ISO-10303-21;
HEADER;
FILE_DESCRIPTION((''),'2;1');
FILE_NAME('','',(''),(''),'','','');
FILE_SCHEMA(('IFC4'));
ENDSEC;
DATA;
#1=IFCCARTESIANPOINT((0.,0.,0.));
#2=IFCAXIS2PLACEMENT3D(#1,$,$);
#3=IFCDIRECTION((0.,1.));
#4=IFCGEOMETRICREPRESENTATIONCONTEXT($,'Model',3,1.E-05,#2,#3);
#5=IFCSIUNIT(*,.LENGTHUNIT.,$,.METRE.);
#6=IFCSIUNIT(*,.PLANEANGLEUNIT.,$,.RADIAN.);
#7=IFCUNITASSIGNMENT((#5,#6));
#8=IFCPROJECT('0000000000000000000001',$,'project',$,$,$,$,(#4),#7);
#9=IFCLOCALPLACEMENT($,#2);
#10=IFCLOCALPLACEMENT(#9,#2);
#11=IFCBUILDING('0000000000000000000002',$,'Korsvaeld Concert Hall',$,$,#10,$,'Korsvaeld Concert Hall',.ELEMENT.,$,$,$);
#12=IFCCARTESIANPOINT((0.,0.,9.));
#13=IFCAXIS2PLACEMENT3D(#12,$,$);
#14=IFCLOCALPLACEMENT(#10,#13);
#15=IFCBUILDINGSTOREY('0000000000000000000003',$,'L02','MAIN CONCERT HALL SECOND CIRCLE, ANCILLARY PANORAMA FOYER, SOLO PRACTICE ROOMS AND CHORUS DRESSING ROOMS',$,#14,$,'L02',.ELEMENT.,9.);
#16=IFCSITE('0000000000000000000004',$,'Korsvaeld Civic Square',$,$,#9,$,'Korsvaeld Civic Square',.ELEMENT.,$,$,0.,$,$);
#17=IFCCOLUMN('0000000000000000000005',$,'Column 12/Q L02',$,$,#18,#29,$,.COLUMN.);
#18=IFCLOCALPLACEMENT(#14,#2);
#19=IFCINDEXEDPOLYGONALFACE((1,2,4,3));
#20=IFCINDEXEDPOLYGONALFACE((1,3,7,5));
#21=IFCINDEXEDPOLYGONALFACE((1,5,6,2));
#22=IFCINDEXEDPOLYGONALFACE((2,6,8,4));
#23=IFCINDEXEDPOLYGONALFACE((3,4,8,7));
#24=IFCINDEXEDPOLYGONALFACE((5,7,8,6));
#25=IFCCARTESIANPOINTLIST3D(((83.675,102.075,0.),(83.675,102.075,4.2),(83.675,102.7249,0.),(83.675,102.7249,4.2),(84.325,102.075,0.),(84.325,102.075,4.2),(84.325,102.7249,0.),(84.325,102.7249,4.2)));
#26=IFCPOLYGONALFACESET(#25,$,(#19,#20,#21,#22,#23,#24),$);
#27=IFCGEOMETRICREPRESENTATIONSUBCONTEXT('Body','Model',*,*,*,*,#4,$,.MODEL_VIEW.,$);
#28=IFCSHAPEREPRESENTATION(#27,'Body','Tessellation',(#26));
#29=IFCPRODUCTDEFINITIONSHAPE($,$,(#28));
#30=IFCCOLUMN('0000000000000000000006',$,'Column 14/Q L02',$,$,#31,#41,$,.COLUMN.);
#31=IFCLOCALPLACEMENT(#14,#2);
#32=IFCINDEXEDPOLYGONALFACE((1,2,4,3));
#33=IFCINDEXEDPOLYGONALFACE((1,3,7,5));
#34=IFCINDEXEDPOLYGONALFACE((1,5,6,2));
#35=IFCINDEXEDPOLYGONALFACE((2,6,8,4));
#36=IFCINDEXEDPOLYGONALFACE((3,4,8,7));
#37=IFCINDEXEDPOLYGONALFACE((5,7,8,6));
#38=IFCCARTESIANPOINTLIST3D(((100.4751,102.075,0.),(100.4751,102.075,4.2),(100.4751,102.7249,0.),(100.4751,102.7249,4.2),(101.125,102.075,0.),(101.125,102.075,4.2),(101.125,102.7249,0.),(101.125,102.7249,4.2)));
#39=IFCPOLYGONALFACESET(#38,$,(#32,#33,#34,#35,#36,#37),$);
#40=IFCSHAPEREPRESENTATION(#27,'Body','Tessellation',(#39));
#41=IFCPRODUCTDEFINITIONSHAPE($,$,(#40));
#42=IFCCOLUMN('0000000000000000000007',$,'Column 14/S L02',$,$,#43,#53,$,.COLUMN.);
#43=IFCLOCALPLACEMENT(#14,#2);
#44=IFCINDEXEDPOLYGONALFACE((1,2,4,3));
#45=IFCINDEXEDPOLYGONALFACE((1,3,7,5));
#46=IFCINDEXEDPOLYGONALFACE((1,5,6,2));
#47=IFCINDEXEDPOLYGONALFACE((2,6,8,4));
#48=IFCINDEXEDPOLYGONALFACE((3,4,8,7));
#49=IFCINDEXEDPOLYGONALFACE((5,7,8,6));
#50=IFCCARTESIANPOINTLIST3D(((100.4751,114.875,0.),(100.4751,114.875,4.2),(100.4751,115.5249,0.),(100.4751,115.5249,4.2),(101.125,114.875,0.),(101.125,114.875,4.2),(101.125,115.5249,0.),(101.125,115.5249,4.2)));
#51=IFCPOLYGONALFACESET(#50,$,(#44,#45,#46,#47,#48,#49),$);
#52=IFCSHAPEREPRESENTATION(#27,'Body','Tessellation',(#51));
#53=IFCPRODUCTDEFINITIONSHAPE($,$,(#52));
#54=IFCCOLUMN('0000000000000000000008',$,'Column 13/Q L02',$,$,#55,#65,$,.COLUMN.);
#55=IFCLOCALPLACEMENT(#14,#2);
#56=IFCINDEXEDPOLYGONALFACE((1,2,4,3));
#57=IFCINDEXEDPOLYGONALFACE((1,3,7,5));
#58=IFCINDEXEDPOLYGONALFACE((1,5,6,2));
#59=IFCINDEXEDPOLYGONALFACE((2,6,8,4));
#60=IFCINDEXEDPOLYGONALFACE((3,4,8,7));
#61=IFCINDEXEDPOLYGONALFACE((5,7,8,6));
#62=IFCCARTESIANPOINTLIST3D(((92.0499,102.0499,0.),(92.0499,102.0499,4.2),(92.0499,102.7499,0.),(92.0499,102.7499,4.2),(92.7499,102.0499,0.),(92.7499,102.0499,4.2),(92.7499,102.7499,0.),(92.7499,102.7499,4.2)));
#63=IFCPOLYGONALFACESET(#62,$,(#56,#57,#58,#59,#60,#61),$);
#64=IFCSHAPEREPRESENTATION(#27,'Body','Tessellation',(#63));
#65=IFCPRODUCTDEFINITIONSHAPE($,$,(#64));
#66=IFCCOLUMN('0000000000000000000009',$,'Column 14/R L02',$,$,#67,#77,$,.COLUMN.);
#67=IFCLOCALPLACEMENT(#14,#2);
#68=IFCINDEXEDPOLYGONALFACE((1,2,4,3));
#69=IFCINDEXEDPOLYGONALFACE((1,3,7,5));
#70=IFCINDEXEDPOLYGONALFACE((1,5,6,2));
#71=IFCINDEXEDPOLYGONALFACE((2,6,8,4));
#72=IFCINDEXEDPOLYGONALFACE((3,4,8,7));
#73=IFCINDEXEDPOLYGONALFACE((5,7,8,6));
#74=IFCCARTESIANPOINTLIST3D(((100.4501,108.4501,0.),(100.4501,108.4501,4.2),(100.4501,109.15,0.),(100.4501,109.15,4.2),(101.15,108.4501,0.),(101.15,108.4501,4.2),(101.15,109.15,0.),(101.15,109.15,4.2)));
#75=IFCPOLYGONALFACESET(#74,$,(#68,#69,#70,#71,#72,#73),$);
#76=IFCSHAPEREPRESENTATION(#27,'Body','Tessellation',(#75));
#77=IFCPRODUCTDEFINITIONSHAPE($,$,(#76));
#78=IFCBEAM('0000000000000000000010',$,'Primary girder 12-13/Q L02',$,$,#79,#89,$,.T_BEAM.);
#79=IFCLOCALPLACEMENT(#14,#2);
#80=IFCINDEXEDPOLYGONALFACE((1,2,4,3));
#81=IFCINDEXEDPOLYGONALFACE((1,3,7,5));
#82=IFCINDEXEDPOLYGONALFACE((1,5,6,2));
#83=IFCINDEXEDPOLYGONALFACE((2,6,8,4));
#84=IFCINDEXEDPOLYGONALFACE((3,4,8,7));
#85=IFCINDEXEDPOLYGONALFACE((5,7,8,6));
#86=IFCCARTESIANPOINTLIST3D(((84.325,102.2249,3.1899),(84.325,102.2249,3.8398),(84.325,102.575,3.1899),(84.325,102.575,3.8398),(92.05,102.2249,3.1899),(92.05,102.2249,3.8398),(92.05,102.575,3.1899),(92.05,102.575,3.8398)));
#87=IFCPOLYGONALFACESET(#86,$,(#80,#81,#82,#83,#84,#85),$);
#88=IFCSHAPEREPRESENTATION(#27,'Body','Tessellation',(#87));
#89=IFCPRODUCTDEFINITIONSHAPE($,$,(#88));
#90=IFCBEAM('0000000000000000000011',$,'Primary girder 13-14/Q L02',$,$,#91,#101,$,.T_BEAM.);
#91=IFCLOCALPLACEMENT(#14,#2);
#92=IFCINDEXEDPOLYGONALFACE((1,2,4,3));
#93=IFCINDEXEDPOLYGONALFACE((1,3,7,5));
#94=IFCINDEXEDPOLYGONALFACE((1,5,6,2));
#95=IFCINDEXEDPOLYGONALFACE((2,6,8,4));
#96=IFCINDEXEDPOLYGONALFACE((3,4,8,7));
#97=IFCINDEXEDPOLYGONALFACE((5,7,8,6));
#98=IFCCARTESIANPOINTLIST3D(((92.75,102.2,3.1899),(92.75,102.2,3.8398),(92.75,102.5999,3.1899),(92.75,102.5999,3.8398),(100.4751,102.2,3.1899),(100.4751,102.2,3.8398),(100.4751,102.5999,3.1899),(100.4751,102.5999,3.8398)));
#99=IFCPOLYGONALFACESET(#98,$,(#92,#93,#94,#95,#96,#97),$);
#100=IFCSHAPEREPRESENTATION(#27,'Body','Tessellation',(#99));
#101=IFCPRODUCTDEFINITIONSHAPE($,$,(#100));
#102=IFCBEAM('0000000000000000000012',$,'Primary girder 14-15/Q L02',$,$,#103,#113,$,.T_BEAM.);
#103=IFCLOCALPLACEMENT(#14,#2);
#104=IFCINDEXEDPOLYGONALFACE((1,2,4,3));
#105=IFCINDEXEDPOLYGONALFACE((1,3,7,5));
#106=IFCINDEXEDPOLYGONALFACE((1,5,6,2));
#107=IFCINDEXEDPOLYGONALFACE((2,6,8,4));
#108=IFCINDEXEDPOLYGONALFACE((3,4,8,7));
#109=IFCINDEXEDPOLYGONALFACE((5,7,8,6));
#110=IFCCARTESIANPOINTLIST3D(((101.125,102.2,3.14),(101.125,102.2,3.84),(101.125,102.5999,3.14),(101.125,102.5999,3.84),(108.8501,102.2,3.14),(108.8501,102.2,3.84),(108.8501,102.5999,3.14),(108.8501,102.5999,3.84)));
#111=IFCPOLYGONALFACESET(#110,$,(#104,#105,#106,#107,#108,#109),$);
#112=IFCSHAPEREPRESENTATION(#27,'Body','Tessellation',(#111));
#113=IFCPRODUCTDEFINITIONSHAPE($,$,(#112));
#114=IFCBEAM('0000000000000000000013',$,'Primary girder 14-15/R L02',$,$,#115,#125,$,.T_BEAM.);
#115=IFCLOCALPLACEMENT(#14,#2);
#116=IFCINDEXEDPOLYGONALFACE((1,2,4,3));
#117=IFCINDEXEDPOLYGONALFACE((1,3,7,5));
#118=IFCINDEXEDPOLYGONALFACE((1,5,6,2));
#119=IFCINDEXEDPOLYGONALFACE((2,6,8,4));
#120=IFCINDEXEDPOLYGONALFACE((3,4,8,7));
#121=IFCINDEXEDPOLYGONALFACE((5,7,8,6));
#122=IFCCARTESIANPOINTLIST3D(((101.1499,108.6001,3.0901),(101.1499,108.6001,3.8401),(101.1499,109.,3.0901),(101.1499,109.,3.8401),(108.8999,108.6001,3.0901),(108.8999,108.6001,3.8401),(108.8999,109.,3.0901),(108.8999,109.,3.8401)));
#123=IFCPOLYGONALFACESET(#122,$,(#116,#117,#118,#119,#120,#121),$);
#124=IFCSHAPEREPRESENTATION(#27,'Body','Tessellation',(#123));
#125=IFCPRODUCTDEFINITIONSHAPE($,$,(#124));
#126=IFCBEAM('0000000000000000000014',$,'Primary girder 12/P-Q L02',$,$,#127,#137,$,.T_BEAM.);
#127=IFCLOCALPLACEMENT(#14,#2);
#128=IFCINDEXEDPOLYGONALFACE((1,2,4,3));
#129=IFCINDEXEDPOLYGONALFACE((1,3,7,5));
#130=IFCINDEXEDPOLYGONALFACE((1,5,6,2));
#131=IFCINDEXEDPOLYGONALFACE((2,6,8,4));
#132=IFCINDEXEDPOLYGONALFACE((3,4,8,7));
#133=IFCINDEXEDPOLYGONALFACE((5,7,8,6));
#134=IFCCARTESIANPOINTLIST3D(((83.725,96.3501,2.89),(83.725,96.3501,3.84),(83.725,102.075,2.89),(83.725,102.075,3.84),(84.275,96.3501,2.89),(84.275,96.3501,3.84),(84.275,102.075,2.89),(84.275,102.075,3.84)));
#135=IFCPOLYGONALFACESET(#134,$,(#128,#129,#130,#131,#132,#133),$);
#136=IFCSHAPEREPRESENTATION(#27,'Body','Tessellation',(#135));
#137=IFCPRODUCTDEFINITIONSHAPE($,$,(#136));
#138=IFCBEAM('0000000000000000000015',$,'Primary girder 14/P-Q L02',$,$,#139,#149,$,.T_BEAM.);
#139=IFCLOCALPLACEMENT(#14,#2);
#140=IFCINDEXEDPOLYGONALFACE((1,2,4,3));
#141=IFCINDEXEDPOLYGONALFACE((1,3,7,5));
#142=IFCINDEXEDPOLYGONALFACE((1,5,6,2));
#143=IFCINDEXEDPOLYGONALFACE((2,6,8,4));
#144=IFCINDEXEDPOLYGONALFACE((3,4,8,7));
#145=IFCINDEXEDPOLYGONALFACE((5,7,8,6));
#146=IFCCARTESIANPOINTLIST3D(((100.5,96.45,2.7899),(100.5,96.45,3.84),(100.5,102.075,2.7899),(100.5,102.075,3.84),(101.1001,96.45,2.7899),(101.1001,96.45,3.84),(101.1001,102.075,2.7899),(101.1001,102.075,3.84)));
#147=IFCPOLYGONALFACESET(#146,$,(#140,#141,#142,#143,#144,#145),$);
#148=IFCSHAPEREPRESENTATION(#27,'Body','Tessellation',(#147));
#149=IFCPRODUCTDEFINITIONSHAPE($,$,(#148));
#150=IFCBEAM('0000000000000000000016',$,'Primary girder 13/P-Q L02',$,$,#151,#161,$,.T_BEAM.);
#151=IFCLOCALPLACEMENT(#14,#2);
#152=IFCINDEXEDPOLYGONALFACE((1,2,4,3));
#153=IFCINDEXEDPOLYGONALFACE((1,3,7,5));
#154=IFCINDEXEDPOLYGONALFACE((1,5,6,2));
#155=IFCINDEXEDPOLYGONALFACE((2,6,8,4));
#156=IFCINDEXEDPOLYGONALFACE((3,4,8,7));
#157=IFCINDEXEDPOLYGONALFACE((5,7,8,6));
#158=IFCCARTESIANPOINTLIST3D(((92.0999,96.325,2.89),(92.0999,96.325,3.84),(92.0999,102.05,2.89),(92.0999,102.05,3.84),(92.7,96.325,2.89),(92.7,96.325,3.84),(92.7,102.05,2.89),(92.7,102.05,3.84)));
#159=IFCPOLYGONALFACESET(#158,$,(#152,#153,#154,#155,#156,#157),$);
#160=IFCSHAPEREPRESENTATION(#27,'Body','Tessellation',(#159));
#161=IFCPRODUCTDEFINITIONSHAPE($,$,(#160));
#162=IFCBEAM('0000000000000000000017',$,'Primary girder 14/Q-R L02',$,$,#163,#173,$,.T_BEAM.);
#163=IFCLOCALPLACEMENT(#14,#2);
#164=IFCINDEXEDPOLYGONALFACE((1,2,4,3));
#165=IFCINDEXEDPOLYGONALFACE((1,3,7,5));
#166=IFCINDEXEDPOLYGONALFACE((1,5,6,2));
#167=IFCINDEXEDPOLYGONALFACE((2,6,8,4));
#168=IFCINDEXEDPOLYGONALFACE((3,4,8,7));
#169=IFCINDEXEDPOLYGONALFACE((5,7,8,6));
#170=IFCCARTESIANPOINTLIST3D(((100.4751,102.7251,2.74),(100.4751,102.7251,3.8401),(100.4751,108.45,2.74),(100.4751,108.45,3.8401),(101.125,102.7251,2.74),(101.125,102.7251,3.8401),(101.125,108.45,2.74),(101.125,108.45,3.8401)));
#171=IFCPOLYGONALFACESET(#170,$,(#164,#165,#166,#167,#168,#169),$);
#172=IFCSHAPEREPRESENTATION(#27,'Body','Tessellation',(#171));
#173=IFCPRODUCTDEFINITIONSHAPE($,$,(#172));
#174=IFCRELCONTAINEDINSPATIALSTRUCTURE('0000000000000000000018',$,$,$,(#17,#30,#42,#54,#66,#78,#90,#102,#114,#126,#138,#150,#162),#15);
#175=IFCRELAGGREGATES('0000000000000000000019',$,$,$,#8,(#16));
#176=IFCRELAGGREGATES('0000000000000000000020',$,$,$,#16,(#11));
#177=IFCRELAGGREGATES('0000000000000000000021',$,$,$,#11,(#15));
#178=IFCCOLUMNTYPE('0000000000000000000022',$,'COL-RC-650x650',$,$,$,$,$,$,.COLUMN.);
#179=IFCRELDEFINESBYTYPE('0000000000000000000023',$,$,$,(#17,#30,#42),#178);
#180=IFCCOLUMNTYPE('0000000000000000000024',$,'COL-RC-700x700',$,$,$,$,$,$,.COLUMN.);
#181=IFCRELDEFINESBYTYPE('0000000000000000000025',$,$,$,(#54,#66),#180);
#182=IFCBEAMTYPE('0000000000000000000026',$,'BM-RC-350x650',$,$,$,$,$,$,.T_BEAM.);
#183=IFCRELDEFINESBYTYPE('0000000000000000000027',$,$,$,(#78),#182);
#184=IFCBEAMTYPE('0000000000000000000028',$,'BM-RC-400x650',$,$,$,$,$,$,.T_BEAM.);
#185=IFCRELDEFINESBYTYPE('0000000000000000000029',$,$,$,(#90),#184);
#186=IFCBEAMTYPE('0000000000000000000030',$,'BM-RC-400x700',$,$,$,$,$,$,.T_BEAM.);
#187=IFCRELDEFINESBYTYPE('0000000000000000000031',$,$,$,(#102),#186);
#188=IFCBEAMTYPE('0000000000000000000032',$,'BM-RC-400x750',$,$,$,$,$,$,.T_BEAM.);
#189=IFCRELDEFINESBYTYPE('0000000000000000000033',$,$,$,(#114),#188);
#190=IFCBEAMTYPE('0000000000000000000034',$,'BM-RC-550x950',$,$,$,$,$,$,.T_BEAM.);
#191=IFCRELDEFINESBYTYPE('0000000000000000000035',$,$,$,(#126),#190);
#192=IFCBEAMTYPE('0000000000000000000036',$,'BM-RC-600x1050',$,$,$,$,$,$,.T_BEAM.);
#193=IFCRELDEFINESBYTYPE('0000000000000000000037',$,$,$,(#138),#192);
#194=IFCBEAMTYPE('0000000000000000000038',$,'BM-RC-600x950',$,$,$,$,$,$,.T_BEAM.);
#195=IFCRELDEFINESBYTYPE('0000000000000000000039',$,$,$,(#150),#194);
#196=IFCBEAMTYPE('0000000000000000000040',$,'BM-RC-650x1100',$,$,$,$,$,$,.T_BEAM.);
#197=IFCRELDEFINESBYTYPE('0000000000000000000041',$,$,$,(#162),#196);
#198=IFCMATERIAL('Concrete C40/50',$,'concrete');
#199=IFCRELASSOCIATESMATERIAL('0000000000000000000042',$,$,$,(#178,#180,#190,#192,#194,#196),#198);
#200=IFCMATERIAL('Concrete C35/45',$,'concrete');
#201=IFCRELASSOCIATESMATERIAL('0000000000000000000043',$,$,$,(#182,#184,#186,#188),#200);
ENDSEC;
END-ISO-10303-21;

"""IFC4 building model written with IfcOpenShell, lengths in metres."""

from ifc_helpers import new_model, si_unit, direction, frame, origin, origin_2d, place, context, subcontext, project, spatial, rectangle, extrude, material, material_profile, profile_set, type_object, element, save


model = new_model("IFC4")

# Units and contexts
model_context = context("Model", 3, precision=1e-05, world=origin(), true_north=direction((0.0, 1.0)))
body_context = subcontext(model_context, "Body", "Model", "MODEL_VIEW")
ifc_project = project(units=[si_unit("LENGTHUNIT", "METRE"), si_unit("PLANEANGLEUNIT", "RADIAN")], contexts=[model_context])

# Site, building, storey
site_placement = place(None, origin())
site = spatial("IfcSite", under=ifc_project, at=site_placement, Name="Korsvaeld Civic Square", LongName="Korsvaeld Civic Square", CompositionType="ELEMENT", RefElevation=0.0)
building_placement = place(site_placement, origin())
building = spatial("IfcBuilding", under=site, at=building_placement, Name="Korsvaeld Concert Hall", LongName="Korsvaeld Concert Hall", CompositionType="ELEMENT")
storey_placement = place(building_placement, frame((0.0, 0.0, 9.0)))
storey = spatial("IfcBuildingStorey", under=building, at=storey_placement, Name="L02", Description="MAIN CONCERT HALL SECOND CIRCLE, ANCILLARY PANORAMA FOYER, SOLO PRACTICE ROOMS AND CHORUS DRESSING ROOMS", LongName="L02", CompositionType="ELEMENT", Elevation=9.0)

# Columns
ifc_material_1 = material(Name="Concrete C40/50", Category="concrete")
ifc_material_profile_1 = material_profile(ifc_material_1, rectangle(XDim=0.6499, YDim=0.6499, at=origin_2d()), Name="RC 650x650")
ifc_profile_set_1 = profile_set([ifc_material_profile_1], Name="Concrete C40/50")
column_type_1 = type_object("IfcColumnType", Name="COL-RC-650x650", PredefinedType="COLUMN", material=ifc_profile_set_1)
for number, where, z_axis, x_axis, name in (
    (1, (84.0, 102.3999, 0.0), (0.0, 0.0, 1.0), (1.0, 0.0, 0.0), "Column 12/Q L02"),
    (2, (100.8, 102.3999, 0.0), (0.0, 0.0, 1.0), (1.0, 0.0, 0.0), "Column 14/Q L02"),
    (3, (100.8, 115.2, 0.0), (0.0, 0.0, 1.0), (1.0, 0.0, 0.0), "Column 14/S L02"),
):
    element("IfcColumn", number, at=place(storey_placement, frame(where, z_axis=z_axis, x_axis=x_axis)), inside=storey, type_object=column_type_1, Name=name, PredefinedType="COLUMN", context=body_context, shape_type="SweptSolid", body=[
        extrude(rectangle(XDim=0.6499, YDim=0.6499, at=origin_2d()), origin(), (0.0, 0.0, 1.0), 4.2),
    ])
ifc_material_profile_2 = material_profile(ifc_material_1, rectangle(XDim=0.7, YDim=0.7, at=origin_2d()), Name="RC 700x700")
ifc_profile_set_2 = profile_set([ifc_material_profile_2], Name="Concrete C40/50")
column_type_2 = type_object("IfcColumnType", Name="COL-RC-700x700", PredefinedType="COLUMN", material=ifc_profile_set_2)
for number, where, z_axis, x_axis, name in (
    (4, (92.3999, 102.3999, 0.0), (0.0, 0.0, 1.0), (1.0, 0.0, 0.0), "Column 13/Q L02"),
    (5, (100.8, 108.8, 0.0), (0.0, 0.0, 1.0), (1.0, 0.0, 0.0), "Column 14/R L02"),
):
    element("IfcColumn", number, at=place(storey_placement, frame(where, z_axis=z_axis, x_axis=x_axis)), inside=storey, type_object=column_type_2, Name=name, PredefinedType="COLUMN", context=body_context, shape_type="SweptSolid", body=[
        extrude(rectangle(XDim=0.7, YDim=0.7, at=origin_2d()), origin(), (0.0, 0.0, 1.0), 4.2),
    ])

# Beams
ifc_material_2 = material(Name="Concrete C35/45", Category="concrete")
ifc_material_profile_3 = material_profile(ifc_material_2, rectangle(XDim=0.3501, YDim=0.6499, at=origin_2d()), Name="RC 350x650")
ifc_profile_set_3 = profile_set([ifc_material_profile_3], Name="Concrete C35/45")
beam_type_1 = type_object("IfcBeamType", Name="BM-RC-350x650", PredefinedType="T_BEAM", material=ifc_profile_set_3)
beam_1_placement = place(storey_placement, frame((84.325, 102.3999, 3.5149), z_axis=(1.0, 0.0, 0.0), x_axis=(0.0, 1.0, 0.0)))
element("IfcBeam", 6, at=beam_1_placement, inside=storey, type_object=beam_type_1, Name="Primary girder 12-13/Q L02", PredefinedType="T_BEAM", context=body_context, shape_type="SweptSolid", body=[
    extrude(rectangle(XDim=0.3501, YDim=0.6499, at=origin_2d()), origin(), (0.0, 0.0, 1.0), 7.7251),
])
ifc_material_profile_4 = material_profile(ifc_material_2, rectangle(XDim=0.3999, YDim=0.6499, at=origin_2d()), Name="RC 400x650")
ifc_profile_set_4 = profile_set([ifc_material_profile_4], Name="Concrete C35/45")
beam_type_2 = type_object("IfcBeamType", Name="BM-RC-400x650", PredefinedType="T_BEAM", material=ifc_profile_set_4)
beam_2_placement = place(storey_placement, frame((92.75, 102.3999, 3.5149), z_axis=(1.0, 0.0, 0.0), x_axis=(0.0, 1.0, 0.0)))
element("IfcBeam", 7, at=beam_2_placement, inside=storey, type_object=beam_type_2, Name="Primary girder 13-14/Q L02", PredefinedType="T_BEAM", context=body_context, shape_type="SweptSolid", body=[
    extrude(rectangle(XDim=0.3999, YDim=0.6499, at=origin_2d()), origin(), (0.0, 0.0, 1.0), 7.7251),
])
ifc_material_profile_5 = material_profile(ifc_material_2, rectangle(XDim=0.3999, YDim=0.7, at=origin_2d()), Name="RC 400x700")
ifc_profile_set_5 = profile_set([ifc_material_profile_5], Name="Concrete C35/45")
beam_type_3 = type_object("IfcBeamType", Name="BM-RC-400x700", PredefinedType="T_BEAM", material=ifc_profile_set_5)
beam_3_placement = place(storey_placement, frame((101.125, 102.3999, 3.49), z_axis=(1.0, 0.0, 0.0), x_axis=(0.0, 1.0, 0.0)))
element("IfcBeam", 8, at=beam_3_placement, inside=storey, type_object=beam_type_3, Name="Primary girder 14-15/Q L02", PredefinedType="T_BEAM", context=body_context, shape_type="SweptSolid", body=[
    extrude(rectangle(XDim=0.3999, YDim=0.7, at=origin_2d()), origin(), (0.0, 0.0, 1.0), 7.7251),
])
ifc_material_profile_6 = material_profile(ifc_material_2, rectangle(XDim=0.3999, YDim=0.75, at=origin_2d()), Name="RC 400x750")
ifc_profile_set_6 = profile_set([ifc_material_profile_6], Name="Concrete C35/45")
beam_type_4 = type_object("IfcBeamType", Name="BM-RC-400x750", PredefinedType="T_BEAM", material=ifc_profile_set_6)
beam_4_placement = place(storey_placement, frame((101.1499, 108.8, 3.4651), z_axis=(1.0, 0.0, 0.0), x_axis=(0.0, 1.0, 0.0)))
element("IfcBeam", 9, at=beam_4_placement, inside=storey, type_object=beam_type_4, Name="Primary girder 14-15/R L02", PredefinedType="T_BEAM", context=body_context, shape_type="SweptSolid", body=[
    extrude(rectangle(XDim=0.3999, YDim=0.75, at=origin_2d()), origin(), (0.0, 0.0, 1.0), 7.75),
])
ifc_material_profile_7 = material_profile(ifc_material_1, rectangle(XDim=0.55, YDim=0.95, at=origin_2d()), Name="RC 550x950")
ifc_profile_set_7 = profile_set([ifc_material_profile_7], Name="Concrete C40/50")
beam_type_5 = type_object("IfcBeamType", Name="BM-RC-550x950", PredefinedType="T_BEAM", material=ifc_profile_set_7)
beam_5_placement = place(storey_placement, frame((84.0, 96.3501, 3.365), z_axis=(0.0, 1.0, 0.0), x_axis=(-1.0, 0.0, 0.0)))
element("IfcBeam", 10, at=beam_5_placement, inside=storey, type_object=beam_type_5, Name="Primary girder 12/P-Q L02", PredefinedType="T_BEAM", context=body_context, shape_type="SweptSolid", body=[
    extrude(rectangle(XDim=0.55, YDim=0.95, at=origin_2d()), origin(), (0.0, 0.0, 1.0), 5.7249),
])
ifc_material_profile_8 = material_profile(ifc_material_1, rectangle(XDim=0.6001, YDim=1.05, at=origin_2d()), Name="RC 600x1050")
ifc_profile_set_8 = profile_set([ifc_material_profile_8], Name="Concrete C40/50")
beam_type_6 = type_object("IfcBeamType", Name="BM-RC-600x1050", PredefinedType="T_BEAM", material=ifc_profile_set_8)
beam_6_placement = place(storey_placement, frame((100.8, 96.45, 3.3149), z_axis=(0.0, 1.0, 0.0), x_axis=(-1.0, 0.0, 0.0)))
element("IfcBeam", 11, at=beam_6_placement, inside=storey, type_object=beam_type_6, Name="Primary girder 14/P-Q L02", PredefinedType="T_BEAM", context=body_context, shape_type="SweptSolid", body=[
    extrude(rectangle(XDim=0.6001, YDim=1.05, at=origin_2d()), origin(), (0.0, 0.0, 1.0), 5.625),
])
ifc_material_profile_9 = material_profile(ifc_material_1, rectangle(XDim=0.6001, YDim=0.95, at=origin_2d()), Name="RC 600x950")
ifc_profile_set_9 = profile_set([ifc_material_profile_9], Name="Concrete C40/50")
beam_type_7 = type_object("IfcBeamType", Name="BM-RC-600x950", PredefinedType="T_BEAM", material=ifc_profile_set_9)
beam_7_placement = place(storey_placement, frame((92.3999, 96.325, 3.365), z_axis=(0.0, 1.0, 0.0), x_axis=(-1.0, 0.0, 0.0)))
element("IfcBeam", 12, at=beam_7_placement, inside=storey, type_object=beam_type_7, Name="Primary girder 13/P-Q L02", PredefinedType="T_BEAM", context=body_context, shape_type="SweptSolid", body=[
    extrude(rectangle(XDim=0.6001, YDim=0.95, at=origin_2d()), origin(), (0.0, 0.0, 1.0), 5.7251),
])
ifc_material_profile_10 = material_profile(ifc_material_1, rectangle(XDim=0.6499, YDim=1.1001, at=origin_2d()), Name="RC 650x1100")
ifc_profile_set_10 = profile_set([ifc_material_profile_10], Name="Concrete C40/50")
beam_type_8 = type_object("IfcBeamType", Name="BM-RC-650x1100", PredefinedType="T_BEAM", material=ifc_profile_set_10)
beam_8_placement = place(storey_placement, frame((100.8, 102.7251, 3.29), z_axis=(0.0, 1.0, 0.0), x_axis=(-1.0, 0.0, 0.0)))
element("IfcBeam", 13, at=beam_8_placement, inside=storey, type_object=beam_type_8, Name="Primary girder 14/Q-R L02", PredefinedType="T_BEAM", context=body_context, shape_type="SweptSolid", body=[
    extrude(rectangle(XDim=0.6499, YDim=1.1001, at=origin_2d()), origin(), (0.0, 0.0, 1.0), 5.7249),
])

save(model, "model.ifc")
